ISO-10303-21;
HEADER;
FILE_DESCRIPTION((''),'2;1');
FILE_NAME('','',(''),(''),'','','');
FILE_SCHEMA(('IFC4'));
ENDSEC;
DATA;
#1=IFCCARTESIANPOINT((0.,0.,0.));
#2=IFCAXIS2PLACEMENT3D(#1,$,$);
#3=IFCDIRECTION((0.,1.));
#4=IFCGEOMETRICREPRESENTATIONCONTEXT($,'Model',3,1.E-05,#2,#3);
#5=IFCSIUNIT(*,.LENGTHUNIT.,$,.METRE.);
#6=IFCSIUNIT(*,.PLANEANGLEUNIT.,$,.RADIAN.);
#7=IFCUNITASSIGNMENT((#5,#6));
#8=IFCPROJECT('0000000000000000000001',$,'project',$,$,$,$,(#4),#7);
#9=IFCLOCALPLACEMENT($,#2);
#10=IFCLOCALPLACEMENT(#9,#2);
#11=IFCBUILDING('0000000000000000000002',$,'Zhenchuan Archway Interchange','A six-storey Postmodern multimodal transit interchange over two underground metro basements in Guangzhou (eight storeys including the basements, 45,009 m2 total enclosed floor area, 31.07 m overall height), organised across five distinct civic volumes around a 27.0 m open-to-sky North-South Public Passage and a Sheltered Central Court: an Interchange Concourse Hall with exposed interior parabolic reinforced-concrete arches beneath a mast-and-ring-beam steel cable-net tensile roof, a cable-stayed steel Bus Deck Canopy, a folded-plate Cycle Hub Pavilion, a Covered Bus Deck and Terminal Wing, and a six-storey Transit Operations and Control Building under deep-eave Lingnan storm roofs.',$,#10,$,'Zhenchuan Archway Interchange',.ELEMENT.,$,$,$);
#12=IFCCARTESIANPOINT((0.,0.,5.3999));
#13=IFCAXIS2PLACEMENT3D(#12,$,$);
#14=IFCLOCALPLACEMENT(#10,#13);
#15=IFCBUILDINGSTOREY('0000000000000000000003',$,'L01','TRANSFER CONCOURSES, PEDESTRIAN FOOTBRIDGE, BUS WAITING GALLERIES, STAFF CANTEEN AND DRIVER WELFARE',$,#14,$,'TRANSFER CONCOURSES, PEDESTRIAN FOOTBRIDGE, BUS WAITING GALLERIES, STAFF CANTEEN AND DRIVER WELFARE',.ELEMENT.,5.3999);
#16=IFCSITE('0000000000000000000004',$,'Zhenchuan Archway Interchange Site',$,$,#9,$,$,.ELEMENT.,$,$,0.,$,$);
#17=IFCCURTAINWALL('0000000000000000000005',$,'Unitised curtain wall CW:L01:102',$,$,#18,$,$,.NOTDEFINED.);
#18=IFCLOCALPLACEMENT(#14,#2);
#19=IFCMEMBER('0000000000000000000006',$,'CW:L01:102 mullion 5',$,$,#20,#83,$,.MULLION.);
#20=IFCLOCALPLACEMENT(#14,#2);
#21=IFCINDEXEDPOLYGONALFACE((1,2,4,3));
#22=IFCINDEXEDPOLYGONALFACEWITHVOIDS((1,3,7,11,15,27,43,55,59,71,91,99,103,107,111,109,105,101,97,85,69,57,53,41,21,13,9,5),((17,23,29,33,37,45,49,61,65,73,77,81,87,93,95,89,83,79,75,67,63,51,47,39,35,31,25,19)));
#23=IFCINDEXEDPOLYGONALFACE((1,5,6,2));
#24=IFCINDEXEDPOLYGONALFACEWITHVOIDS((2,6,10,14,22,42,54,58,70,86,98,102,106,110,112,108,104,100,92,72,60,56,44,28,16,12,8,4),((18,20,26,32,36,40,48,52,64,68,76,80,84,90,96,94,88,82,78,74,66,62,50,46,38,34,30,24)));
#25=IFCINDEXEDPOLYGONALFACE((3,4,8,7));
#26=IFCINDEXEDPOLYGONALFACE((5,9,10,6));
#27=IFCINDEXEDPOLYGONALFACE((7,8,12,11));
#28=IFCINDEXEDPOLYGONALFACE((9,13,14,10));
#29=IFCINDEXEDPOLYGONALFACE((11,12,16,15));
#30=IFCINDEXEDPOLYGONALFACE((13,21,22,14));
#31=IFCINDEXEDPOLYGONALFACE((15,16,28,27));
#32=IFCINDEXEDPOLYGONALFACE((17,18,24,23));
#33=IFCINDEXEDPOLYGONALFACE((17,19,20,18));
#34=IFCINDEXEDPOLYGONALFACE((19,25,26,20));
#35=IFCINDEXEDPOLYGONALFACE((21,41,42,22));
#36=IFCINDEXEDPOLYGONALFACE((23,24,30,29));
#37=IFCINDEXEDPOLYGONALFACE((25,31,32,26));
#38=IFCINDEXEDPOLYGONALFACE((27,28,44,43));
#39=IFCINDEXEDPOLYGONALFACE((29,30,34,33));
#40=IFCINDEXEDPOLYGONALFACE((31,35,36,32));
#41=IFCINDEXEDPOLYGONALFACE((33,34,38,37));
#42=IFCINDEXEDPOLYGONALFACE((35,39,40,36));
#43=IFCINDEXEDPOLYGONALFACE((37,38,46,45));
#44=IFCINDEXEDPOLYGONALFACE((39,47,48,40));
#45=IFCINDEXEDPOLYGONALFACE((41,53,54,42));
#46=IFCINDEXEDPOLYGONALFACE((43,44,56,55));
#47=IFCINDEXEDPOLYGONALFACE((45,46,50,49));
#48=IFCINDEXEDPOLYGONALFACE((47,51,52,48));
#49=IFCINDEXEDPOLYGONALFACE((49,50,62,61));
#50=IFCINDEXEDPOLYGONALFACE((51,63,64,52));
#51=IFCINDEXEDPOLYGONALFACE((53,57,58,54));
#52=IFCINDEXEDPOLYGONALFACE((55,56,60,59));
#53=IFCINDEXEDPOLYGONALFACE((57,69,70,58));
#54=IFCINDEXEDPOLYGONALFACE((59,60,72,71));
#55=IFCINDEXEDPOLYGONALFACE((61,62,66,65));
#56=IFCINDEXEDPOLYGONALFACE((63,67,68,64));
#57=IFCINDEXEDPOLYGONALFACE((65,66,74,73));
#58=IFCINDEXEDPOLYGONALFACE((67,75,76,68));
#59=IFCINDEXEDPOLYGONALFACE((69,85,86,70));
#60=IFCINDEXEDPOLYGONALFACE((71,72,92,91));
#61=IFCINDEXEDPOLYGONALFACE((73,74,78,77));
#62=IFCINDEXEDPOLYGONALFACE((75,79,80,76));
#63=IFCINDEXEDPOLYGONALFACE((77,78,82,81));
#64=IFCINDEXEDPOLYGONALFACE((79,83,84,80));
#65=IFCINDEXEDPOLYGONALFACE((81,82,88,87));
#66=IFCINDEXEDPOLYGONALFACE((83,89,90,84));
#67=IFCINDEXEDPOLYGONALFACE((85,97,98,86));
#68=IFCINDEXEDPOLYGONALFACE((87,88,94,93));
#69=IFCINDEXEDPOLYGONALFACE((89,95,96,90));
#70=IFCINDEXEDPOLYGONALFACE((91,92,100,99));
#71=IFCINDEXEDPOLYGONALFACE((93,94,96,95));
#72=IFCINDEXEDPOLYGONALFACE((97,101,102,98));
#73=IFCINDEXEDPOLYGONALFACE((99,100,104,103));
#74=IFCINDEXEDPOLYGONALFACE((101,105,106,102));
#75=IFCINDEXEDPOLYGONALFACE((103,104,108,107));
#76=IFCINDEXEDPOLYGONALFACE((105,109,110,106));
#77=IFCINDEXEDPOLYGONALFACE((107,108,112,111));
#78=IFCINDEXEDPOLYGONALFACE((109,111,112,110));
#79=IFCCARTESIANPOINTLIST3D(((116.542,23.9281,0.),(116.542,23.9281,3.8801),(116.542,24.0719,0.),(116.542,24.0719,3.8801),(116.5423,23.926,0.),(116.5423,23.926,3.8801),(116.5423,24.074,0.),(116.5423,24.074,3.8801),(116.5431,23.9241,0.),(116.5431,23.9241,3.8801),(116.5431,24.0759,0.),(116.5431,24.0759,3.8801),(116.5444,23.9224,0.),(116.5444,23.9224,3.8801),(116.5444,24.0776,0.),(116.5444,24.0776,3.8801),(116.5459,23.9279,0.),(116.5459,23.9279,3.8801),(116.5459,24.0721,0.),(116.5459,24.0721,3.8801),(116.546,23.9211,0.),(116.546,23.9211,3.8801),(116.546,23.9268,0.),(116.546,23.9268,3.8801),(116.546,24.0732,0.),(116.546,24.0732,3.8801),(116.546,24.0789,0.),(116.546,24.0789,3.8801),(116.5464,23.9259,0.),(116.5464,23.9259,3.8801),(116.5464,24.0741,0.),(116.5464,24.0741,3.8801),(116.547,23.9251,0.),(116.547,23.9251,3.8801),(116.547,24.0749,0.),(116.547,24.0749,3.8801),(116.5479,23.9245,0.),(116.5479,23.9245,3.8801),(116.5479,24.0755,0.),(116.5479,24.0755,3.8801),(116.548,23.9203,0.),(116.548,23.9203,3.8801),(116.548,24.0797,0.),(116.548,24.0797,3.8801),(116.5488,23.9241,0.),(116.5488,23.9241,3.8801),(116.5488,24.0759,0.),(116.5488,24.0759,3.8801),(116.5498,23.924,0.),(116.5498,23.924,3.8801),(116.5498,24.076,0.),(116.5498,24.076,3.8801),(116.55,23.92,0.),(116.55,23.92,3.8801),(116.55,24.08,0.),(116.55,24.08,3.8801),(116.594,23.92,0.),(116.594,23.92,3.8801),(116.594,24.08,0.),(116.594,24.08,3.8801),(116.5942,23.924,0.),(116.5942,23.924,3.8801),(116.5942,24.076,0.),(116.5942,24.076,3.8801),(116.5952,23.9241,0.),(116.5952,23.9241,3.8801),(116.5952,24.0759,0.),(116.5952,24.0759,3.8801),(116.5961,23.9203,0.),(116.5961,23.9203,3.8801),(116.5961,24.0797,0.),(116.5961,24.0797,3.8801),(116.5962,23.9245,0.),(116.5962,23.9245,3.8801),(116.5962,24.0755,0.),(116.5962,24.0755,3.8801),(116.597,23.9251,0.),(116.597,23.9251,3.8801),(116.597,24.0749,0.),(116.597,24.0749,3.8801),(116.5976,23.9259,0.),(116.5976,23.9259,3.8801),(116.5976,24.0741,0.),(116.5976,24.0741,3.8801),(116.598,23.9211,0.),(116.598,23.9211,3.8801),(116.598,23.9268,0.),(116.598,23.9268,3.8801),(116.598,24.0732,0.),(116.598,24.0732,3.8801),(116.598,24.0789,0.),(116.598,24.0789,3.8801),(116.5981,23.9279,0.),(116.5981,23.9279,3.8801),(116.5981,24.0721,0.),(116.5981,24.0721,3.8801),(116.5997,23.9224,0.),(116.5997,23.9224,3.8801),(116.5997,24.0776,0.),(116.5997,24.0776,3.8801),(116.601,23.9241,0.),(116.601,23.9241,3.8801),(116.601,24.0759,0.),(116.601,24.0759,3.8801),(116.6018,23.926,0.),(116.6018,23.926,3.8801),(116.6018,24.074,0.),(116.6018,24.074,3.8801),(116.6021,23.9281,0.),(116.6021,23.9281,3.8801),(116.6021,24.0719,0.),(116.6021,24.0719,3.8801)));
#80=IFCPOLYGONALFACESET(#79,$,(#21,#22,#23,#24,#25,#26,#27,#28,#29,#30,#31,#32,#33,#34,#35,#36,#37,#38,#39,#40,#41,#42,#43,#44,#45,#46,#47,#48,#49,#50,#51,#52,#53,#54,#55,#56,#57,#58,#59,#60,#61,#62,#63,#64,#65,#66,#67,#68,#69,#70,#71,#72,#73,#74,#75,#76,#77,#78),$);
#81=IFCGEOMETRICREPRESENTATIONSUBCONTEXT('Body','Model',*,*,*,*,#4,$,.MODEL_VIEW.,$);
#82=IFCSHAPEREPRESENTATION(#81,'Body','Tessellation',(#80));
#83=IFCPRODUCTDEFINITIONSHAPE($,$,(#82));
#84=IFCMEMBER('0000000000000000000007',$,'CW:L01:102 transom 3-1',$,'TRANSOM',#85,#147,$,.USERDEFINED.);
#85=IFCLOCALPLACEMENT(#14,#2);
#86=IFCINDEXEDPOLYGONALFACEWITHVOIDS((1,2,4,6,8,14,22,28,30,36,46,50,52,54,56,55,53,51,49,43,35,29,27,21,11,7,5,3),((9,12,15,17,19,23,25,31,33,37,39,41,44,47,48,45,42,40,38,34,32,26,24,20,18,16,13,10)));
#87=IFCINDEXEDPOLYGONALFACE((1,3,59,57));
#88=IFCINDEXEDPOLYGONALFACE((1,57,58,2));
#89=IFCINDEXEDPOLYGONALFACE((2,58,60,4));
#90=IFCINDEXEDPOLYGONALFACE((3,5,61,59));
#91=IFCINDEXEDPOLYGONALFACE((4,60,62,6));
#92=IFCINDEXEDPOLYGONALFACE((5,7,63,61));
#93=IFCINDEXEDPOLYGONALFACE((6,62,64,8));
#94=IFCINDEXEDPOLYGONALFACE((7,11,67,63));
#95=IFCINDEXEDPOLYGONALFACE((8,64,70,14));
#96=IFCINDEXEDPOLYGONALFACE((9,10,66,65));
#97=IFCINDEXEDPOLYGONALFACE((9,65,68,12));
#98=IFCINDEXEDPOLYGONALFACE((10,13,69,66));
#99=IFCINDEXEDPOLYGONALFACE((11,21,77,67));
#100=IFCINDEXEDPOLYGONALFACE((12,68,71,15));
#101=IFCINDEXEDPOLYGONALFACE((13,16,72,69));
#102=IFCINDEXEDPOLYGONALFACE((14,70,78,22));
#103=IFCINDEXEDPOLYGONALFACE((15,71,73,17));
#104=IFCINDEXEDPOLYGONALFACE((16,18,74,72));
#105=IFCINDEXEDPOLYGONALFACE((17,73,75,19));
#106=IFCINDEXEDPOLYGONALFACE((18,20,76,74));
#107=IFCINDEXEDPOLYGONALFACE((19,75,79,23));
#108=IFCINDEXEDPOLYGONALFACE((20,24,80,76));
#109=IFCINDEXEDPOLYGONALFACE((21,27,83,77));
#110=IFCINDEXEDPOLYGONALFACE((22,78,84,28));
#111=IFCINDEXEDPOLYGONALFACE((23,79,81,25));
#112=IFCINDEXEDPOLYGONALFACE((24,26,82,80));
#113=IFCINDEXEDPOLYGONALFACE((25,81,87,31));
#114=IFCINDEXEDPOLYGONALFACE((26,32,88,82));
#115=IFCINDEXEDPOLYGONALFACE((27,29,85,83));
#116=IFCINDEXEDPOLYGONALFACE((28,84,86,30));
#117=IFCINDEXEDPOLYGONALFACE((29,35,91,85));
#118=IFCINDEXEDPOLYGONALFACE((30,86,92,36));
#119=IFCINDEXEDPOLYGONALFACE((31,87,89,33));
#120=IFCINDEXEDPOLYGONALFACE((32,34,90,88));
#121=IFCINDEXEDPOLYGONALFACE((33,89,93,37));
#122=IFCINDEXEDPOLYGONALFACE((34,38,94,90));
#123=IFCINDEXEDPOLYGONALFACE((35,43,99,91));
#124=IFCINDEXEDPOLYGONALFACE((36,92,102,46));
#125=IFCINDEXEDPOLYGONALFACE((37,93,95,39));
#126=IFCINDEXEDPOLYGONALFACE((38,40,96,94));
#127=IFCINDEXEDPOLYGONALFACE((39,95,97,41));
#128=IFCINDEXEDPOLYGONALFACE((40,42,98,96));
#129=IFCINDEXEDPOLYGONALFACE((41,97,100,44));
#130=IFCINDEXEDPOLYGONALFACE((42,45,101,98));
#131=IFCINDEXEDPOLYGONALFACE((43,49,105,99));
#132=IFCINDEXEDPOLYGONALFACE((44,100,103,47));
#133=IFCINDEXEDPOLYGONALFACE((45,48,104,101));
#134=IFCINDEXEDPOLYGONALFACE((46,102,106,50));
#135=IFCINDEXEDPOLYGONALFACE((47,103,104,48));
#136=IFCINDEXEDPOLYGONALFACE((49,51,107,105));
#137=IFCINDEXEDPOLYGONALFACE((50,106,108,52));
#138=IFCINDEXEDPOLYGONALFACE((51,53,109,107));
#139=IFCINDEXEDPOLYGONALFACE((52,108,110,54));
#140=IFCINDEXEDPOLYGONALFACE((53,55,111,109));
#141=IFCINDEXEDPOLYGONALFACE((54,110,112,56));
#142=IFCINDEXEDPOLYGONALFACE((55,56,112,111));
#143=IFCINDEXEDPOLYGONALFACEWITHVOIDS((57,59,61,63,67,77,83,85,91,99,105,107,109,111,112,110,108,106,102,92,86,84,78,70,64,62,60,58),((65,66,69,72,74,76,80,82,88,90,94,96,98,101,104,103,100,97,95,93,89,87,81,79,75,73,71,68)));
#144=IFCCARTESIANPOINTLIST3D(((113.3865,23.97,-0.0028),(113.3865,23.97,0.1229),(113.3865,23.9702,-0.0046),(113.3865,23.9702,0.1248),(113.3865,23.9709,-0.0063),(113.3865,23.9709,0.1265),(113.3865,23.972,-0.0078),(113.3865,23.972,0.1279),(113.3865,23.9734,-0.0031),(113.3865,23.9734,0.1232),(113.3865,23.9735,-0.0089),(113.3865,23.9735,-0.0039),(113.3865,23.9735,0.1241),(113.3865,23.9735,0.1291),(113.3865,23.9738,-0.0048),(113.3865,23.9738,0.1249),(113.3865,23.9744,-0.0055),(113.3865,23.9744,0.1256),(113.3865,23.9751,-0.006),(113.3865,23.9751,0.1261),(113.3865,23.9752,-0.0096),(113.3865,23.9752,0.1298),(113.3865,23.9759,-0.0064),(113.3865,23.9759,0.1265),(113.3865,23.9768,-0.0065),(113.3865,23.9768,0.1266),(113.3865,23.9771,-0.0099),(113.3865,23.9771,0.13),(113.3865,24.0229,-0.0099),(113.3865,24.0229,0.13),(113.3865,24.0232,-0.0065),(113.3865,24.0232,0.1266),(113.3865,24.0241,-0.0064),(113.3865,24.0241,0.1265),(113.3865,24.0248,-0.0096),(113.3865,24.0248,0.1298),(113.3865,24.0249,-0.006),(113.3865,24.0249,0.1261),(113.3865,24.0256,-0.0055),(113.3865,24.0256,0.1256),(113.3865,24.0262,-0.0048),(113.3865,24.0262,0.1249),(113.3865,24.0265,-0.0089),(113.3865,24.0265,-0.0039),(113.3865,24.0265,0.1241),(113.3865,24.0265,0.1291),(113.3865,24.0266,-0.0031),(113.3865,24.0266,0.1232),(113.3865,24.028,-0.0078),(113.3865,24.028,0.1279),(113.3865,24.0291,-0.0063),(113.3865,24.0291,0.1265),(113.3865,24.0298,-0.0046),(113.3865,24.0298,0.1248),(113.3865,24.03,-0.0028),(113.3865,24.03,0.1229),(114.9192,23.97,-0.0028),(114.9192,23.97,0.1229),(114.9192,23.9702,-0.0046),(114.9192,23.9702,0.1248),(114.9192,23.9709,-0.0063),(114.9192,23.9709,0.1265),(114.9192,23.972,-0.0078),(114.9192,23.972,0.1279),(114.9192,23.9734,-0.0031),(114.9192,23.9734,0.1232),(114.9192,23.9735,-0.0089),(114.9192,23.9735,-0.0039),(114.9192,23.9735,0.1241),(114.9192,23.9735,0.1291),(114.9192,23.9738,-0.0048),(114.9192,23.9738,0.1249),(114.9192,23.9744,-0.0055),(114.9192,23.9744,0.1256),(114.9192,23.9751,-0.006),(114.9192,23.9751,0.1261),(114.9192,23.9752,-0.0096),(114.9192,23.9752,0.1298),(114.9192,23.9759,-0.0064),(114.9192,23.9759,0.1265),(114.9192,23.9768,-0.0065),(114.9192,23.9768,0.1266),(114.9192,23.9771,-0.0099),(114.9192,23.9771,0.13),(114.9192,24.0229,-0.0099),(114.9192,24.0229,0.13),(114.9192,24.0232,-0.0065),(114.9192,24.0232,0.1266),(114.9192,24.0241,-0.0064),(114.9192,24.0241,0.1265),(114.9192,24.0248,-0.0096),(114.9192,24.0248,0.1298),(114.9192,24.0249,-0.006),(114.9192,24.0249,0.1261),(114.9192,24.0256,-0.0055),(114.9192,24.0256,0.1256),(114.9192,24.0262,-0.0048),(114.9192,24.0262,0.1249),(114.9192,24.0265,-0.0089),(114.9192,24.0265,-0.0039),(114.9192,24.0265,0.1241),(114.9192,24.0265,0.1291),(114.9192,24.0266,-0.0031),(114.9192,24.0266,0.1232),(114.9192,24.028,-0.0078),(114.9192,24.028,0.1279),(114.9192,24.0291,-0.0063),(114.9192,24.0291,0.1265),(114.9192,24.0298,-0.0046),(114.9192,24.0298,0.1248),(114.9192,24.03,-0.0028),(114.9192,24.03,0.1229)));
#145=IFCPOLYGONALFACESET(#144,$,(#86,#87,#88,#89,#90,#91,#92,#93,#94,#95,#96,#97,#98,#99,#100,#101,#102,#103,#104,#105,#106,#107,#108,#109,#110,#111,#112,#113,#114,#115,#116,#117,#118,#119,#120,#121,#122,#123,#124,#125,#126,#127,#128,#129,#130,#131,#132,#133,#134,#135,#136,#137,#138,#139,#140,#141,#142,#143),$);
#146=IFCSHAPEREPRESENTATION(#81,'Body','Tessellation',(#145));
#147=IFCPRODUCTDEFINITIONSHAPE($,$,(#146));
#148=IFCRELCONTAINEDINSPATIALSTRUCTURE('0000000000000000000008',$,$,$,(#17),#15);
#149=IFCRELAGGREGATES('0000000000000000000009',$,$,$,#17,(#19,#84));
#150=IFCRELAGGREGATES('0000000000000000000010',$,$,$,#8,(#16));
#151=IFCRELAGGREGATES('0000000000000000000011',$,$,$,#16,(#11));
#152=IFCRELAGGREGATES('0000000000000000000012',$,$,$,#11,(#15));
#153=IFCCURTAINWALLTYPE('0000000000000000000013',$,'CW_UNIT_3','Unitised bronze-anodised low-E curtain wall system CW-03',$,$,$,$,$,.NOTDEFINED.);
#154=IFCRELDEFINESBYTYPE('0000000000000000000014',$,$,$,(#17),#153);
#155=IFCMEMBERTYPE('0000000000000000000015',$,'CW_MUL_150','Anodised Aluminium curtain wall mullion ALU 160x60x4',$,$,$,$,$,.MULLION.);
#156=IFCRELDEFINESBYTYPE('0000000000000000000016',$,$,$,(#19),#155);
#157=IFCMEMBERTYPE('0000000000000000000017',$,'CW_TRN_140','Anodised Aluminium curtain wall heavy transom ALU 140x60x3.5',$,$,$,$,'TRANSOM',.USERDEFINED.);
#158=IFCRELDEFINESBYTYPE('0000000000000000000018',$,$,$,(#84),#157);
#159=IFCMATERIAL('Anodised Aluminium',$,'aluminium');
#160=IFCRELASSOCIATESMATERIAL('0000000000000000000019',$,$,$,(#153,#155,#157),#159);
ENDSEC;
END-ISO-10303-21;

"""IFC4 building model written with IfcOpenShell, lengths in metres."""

from ifc_helpers import new_model, si_unit, direction, frame, origin, origin_2d, place, context, subcontext, project, spatial, hollow_rectangle, extrude, material, material_profile, profile_set, type_object, element, aggregate, save


model = new_model("IFC4")

# Units and contexts
model_context = context("Model", 3, precision=1e-05, world=origin(), true_north=direction((0.0, 1.0)))
body_context = subcontext(model_context, "Body", "Model", "MODEL_VIEW")
ifc_project = project(units=[si_unit("LENGTHUNIT", "METRE"), si_unit("PLANEANGLEUNIT", "RADIAN")], contexts=[model_context])

# Site, building, storey
site_placement = place(None, origin())
site = spatial("IfcSite", under=ifc_project, at=site_placement, Name="Zhenchuan Archway Interchange Site", CompositionType="ELEMENT", RefElevation=0.0)
building_placement = place(site_placement, origin())
building = spatial("IfcBuilding", under=site, at=building_placement, Name="Zhenchuan Archway Interchange", Description="A six-storey Postmodern multimodal transit interchange over two underground metro basements in Guangzhou (eight storeys including the basements, 45,009 m2 total enclosed floor area, 31.07 m overall height), organised across five distinct civic volumes around a 27.0 m open-to-sky North-South Public Passage and a Sheltered Central Court: an Interchange Concourse Hall with exposed interior parabolic reinforced-concrete arches beneath a mast-and-ring-beam steel cable-net tensile roof, a cable-stayed steel Bus Deck Canopy, a folded-plate Cycle Hub Pavilion, a Covered Bus Deck and Terminal Wing, and a six-storey Transit Operations and Control Building under deep-eave Lingnan storm roofs.", LongName="Zhenchuan Archway Interchange", CompositionType="ELEMENT")
storey_placement = place(building_placement, frame((0.0, 0.0, 5.3999)))
storey = spatial("IfcBuildingStorey", under=building, at=storey_placement, Name="L01", Description="TRANSFER CONCOURSES, PEDESTRIAN FOOTBRIDGE, BUS WAITING GALLERIES, STAFF CANTEEN AND DRIVER WELFARE", LongName="TRANSFER CONCOURSES, PEDESTRIAN FOOTBRIDGE, BUS WAITING GALLERIES, STAFF CANTEEN AND DRIVER WELFARE", CompositionType="ELEMENT", Elevation=5.3999)

# Curtain wall, members
ifc_material_1 = material(Name="Anodised Aluminium", Category="aluminium")
curtain_wall_type = type_object("IfcCurtainWallType", Name="CW_UNIT_3", Description="Unitised bronze-anodised low-E curtain wall system CW-03", PredefinedType="NOTDEFINED", material=ifc_material_1)
curtain_wall_placement = place(storey_placement, origin())
curtain_wall = element("IfcCurtainWall", 1, at=curtain_wall_placement, inside=storey, type_object=curtain_wall_type, Name="Unitised curtain wall CW:L01:102", PredefinedType="NOTDEFINED")
ifc_material_profile_1 = material_profile(ifc_material_1, hollow_rectangle(XDim=0.0601, YDim=0.1599, WallThickness=0.0039, InnerFilletRadius=0.0039, OuterFilletRadius=0.0081, at=origin_2d()), Name="ALU 160x60x4")
ifc_profile_set_1 = profile_set([ifc_material_profile_1], Name="Anodised Aluminium")
member_type_1 = type_object("IfcMemberType", Name="CW_MUL_150", Description="Anodised Aluminium curtain wall mullion ALU 160x60x4", PredefinedType="MULLION", material=ifc_profile_set_1)
member_1_placement = place(storey_placement, frame((116.572, 24.0, 0.0), z_axis=(0.0, 0.0, 1.0), x_axis=(1.0, 0.0, 0.0)))
member_1 = element("IfcMember", 2, at=member_1_placement, type_object=member_type_1, Name="CW:L01:102 mullion 5", PredefinedType="MULLION", context=body_context, shape_type="SweptSolid", body=[
    extrude(hollow_rectangle(XDim=0.0601, YDim=0.1599, WallThickness=0.0039, InnerFilletRadius=0.0039, OuterFilletRadius=0.0081, at=origin_2d()), origin(), (0.0, 0.0, 1.0), 3.8801),
])
ifc_material_profile_2 = material_profile(ifc_material_1, hollow_rectangle(XDim=0.0601, YDim=0.1399, WallThickness=0.0034, InnerFilletRadius=0.0034, OuterFilletRadius=0.0071, at=origin_2d()), Name="ALU 140x60x3.5")
ifc_profile_set_2 = profile_set([ifc_material_profile_2], Name="Anodised Aluminium")
member_type_2 = type_object("IfcMemberType", Name="CW_TRN_140", Description="Anodised Aluminium curtain wall heavy transom ALU 140x60x3.5", ElementType="TRANSOM", PredefinedType="USERDEFINED", material=ifc_profile_set_2)
member_2_placement = place(storey_placement, frame((113.3865, 24.0, 0.0601), z_axis=(1.0, 0.0, 0.0), x_axis=(0.0, 1.0, 0.0)))
member_2 = element("IfcMember", 3, at=member_2_placement, type_object=member_type_2, Name="CW:L01:102 transom 3-1", ObjectType="TRANSOM", PredefinedType="USERDEFINED", context=body_context, shape_type="SweptSolid", body=[
    extrude(hollow_rectangle(XDim=0.0601, YDim=0.1399, WallThickness=0.0034, InnerFilletRadius=0.0034, OuterFilletRadius=0.0071, at=origin_2d()), origin(), (0.0, 0.0, 1.0), 1.5327),
])

aggregate(curtain_wall, [member_1, member_2])

save(model, "model.ifc")
